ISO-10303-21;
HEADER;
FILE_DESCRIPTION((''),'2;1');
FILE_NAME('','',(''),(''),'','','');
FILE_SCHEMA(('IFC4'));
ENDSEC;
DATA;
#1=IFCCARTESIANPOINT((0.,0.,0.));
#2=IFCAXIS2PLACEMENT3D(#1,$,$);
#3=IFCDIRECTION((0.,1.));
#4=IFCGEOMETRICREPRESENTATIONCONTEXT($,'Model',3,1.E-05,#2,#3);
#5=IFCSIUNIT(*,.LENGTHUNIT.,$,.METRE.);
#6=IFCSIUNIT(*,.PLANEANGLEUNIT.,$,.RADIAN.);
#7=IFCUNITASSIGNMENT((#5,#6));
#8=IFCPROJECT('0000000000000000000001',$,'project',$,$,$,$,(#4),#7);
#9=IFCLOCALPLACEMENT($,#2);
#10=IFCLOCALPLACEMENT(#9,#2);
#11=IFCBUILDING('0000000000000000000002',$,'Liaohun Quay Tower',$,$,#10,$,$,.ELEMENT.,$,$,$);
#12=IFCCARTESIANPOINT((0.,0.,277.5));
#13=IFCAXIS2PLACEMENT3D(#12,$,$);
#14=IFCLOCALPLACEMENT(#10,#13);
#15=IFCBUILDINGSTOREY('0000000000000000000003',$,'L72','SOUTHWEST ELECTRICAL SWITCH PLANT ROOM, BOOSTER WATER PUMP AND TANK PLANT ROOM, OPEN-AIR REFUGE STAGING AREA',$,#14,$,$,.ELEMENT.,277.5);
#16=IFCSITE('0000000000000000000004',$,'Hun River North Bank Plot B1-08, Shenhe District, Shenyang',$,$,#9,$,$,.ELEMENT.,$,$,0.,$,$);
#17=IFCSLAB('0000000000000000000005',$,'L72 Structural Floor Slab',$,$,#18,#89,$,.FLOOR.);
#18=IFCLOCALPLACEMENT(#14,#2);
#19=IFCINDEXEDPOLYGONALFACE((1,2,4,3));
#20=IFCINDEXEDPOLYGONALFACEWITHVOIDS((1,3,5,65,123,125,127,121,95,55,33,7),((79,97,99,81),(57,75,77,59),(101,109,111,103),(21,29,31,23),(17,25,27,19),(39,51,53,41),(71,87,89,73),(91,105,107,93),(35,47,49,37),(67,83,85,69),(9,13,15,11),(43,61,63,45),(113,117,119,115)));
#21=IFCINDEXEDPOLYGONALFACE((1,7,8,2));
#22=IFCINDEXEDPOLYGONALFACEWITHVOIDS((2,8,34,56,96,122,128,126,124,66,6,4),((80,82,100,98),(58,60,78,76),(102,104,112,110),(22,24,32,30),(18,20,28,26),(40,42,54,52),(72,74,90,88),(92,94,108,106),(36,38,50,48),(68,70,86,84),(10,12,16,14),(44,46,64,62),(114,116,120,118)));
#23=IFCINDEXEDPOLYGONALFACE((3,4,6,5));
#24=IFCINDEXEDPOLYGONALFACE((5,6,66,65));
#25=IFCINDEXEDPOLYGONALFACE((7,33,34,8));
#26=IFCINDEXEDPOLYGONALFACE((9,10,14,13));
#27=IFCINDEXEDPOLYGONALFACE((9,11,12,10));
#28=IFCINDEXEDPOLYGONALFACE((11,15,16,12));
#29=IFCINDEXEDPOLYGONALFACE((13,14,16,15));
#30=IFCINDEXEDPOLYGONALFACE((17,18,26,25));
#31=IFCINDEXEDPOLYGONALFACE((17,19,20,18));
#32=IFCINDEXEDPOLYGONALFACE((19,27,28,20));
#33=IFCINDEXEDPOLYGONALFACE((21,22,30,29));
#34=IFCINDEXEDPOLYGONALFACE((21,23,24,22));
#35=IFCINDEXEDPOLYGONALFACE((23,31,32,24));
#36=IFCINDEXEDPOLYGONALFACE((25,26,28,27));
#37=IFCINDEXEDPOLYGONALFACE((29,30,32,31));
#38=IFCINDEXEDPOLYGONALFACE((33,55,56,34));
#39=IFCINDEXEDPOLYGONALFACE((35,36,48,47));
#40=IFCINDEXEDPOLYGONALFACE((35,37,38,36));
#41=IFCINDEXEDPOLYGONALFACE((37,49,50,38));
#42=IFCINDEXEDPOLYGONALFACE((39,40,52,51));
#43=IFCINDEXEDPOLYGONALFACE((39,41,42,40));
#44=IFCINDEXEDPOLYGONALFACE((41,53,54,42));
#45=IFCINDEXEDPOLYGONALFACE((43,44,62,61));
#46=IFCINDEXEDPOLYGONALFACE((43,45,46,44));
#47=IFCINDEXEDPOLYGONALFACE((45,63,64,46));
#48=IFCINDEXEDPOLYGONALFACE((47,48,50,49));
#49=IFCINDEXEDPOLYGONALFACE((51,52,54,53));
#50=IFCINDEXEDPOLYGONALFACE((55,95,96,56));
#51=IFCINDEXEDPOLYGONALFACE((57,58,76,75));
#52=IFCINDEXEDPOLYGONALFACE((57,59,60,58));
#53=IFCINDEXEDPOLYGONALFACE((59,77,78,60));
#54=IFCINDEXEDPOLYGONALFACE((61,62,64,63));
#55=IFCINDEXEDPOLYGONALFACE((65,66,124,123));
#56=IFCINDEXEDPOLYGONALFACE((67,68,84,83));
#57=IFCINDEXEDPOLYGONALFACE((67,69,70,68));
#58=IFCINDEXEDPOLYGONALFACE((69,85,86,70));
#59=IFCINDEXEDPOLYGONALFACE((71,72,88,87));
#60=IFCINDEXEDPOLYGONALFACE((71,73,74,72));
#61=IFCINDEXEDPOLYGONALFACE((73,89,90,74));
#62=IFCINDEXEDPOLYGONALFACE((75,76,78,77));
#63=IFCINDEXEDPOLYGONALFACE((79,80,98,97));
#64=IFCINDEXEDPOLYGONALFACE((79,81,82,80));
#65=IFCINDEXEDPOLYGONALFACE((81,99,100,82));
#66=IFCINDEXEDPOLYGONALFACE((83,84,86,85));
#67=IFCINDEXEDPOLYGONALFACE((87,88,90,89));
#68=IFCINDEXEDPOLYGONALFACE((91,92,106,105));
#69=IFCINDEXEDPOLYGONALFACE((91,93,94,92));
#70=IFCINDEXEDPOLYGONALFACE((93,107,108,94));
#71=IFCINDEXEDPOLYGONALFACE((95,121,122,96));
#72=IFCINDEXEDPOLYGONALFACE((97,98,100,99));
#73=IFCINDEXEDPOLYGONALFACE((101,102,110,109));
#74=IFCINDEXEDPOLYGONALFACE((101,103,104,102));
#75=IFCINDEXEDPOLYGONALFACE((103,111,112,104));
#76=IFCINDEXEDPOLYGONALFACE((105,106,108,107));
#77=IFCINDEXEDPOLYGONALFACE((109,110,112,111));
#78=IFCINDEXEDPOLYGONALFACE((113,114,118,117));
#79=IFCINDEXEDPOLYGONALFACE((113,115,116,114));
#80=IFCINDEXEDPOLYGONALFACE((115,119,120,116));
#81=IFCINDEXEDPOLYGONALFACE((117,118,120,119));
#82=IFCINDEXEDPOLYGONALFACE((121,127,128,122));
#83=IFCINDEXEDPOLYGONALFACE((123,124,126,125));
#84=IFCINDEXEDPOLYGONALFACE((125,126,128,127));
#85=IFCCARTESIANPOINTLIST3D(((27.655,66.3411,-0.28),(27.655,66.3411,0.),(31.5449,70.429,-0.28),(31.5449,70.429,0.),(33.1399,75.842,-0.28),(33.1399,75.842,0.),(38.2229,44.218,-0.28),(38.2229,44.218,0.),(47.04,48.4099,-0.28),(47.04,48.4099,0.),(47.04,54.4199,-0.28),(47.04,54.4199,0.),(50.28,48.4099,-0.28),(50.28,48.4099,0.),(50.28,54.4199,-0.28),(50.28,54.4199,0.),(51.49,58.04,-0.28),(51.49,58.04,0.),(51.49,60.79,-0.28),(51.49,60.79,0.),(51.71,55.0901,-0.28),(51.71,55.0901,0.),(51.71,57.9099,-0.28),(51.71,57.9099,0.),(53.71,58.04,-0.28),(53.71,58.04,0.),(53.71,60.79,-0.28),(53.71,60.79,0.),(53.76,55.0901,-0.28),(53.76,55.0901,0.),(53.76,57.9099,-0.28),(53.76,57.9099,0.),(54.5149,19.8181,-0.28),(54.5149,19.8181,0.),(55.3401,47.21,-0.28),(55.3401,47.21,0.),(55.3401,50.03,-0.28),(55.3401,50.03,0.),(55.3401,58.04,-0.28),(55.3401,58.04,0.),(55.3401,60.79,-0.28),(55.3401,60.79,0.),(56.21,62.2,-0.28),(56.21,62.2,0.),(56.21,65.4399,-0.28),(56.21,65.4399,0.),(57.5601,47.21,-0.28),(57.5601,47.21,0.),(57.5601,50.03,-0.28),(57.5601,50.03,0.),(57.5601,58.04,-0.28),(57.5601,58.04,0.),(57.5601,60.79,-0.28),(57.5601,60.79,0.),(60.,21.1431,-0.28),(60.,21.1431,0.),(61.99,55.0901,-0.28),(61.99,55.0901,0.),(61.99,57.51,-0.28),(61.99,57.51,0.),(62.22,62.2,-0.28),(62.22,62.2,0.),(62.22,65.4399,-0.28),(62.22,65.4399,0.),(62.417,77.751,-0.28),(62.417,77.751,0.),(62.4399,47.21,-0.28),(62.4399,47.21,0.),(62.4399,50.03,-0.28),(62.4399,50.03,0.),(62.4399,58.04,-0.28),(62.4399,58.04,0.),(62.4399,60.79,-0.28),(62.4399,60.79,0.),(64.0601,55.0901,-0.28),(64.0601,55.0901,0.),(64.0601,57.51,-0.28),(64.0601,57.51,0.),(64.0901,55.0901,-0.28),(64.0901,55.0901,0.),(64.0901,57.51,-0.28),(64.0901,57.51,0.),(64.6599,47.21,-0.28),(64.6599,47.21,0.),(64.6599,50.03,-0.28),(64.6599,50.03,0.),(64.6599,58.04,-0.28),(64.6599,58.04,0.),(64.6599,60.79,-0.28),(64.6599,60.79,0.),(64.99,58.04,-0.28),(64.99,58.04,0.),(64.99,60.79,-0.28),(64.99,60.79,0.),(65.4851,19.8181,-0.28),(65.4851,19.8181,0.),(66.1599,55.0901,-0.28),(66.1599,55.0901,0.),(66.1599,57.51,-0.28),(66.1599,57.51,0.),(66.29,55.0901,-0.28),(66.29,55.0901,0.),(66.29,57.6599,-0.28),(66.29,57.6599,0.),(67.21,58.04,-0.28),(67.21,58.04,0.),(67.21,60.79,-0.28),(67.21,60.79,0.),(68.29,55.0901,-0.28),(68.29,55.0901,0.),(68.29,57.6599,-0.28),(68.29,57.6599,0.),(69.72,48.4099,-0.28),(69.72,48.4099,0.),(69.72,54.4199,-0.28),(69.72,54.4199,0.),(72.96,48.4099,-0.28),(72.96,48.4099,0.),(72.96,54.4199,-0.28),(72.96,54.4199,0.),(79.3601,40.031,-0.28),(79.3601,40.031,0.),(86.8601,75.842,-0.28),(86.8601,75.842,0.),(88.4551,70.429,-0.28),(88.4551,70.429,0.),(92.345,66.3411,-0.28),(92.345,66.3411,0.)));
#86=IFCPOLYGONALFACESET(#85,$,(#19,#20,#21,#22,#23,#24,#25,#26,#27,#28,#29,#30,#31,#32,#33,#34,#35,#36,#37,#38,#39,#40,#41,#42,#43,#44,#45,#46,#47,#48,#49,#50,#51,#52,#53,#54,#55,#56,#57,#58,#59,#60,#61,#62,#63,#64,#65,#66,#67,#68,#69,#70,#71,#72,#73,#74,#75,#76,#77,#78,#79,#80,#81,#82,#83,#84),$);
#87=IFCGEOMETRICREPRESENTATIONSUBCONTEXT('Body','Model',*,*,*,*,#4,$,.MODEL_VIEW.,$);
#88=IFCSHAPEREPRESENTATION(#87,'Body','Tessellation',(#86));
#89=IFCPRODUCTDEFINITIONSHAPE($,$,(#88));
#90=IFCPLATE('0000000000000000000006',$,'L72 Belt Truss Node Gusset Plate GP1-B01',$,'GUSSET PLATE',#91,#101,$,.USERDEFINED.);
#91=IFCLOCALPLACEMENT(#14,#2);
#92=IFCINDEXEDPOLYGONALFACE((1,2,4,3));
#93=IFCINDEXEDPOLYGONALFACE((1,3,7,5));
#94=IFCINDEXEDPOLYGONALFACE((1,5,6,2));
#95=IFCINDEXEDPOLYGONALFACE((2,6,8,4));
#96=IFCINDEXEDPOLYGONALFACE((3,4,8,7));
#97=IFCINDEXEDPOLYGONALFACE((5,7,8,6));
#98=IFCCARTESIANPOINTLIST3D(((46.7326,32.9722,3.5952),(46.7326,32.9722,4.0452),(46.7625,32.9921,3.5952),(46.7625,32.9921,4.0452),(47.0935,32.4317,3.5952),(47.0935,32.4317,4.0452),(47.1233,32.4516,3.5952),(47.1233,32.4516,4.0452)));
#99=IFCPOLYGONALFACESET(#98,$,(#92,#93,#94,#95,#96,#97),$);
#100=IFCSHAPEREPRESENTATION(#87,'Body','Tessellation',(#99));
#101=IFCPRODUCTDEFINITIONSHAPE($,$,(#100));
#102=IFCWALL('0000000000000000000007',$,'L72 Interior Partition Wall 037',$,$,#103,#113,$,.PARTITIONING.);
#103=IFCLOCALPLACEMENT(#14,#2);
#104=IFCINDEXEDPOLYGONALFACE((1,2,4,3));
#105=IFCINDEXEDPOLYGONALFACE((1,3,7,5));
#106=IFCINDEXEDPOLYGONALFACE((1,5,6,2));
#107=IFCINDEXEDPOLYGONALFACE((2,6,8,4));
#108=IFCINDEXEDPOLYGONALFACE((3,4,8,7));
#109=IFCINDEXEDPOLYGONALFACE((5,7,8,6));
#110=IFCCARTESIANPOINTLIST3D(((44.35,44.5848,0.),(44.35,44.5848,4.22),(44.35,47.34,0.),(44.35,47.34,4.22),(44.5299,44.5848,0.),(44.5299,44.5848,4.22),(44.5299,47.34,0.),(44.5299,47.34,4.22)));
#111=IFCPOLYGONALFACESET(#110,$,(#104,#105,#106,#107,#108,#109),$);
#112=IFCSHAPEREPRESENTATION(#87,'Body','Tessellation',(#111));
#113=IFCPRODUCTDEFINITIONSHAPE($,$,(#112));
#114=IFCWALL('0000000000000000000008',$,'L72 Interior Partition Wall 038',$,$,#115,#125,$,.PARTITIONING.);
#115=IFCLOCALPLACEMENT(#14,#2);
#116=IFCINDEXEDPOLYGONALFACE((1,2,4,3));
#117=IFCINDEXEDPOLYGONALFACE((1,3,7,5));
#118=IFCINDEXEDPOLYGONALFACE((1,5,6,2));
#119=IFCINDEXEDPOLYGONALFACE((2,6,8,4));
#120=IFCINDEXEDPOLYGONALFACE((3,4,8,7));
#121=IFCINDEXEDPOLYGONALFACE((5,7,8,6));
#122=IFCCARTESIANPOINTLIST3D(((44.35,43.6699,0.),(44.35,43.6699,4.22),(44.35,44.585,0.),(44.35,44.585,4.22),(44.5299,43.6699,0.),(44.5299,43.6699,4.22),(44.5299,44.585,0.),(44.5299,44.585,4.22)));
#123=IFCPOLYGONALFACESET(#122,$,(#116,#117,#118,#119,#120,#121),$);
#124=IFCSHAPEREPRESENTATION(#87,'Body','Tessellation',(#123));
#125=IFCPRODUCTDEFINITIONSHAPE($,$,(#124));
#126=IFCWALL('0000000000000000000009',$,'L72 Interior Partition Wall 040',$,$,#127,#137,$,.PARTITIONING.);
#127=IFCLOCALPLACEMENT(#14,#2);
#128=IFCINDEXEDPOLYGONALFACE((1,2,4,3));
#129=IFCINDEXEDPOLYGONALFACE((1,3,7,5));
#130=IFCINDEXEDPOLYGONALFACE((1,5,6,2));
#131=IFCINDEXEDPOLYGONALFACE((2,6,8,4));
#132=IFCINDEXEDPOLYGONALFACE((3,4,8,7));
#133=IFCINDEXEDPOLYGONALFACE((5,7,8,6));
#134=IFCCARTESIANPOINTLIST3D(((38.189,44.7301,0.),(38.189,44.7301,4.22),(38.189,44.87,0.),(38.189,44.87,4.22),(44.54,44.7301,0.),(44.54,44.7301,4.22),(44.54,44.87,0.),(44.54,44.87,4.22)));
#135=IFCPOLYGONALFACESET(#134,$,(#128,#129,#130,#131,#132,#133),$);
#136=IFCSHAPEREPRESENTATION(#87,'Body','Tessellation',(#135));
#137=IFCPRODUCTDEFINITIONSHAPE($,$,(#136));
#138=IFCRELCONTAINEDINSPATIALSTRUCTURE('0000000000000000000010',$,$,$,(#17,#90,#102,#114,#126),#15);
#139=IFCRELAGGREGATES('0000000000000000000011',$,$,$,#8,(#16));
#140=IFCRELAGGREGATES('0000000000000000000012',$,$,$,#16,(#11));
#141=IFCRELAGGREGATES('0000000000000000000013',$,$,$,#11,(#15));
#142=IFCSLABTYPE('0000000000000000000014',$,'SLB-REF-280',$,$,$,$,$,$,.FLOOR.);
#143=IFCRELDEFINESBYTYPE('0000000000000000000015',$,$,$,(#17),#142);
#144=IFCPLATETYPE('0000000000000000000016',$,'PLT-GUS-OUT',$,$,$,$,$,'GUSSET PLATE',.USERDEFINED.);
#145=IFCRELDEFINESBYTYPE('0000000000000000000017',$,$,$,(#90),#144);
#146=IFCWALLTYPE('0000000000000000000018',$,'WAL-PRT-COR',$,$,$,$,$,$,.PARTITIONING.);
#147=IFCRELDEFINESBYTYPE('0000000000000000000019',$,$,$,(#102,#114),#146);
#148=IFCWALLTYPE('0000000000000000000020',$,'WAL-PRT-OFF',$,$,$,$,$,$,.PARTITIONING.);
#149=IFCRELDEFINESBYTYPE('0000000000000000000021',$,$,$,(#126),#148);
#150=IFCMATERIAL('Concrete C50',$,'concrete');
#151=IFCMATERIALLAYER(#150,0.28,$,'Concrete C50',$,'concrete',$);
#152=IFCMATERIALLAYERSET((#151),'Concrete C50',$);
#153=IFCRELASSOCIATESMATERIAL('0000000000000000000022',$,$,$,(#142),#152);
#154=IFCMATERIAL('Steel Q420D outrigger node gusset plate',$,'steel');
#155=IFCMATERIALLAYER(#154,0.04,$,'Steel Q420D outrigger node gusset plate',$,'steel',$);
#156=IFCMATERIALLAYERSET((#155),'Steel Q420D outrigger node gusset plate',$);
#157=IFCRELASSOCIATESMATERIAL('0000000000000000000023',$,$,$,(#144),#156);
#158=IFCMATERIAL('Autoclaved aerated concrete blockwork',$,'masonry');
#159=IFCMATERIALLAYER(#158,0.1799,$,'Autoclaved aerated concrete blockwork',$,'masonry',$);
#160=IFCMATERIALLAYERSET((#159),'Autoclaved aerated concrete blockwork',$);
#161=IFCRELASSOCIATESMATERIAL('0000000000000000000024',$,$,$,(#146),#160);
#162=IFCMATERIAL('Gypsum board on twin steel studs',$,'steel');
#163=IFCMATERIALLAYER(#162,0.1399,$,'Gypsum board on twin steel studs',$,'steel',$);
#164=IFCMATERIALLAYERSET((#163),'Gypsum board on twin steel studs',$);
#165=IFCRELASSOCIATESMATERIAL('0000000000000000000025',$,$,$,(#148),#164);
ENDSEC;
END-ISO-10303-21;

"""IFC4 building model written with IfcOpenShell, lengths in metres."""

from ifc_helpers import new_model, si_unit, direction, frame, frame_2d, origin, origin_2d, place, context, subcontext, project, spatial, polyline, rectangle, outline, extrude, source, transform, mapped, material, layer, layer_set, type_object, element, save


model = new_model("IFC4")

# Units and contexts
model_context = context("Model", 3, precision=1e-05, world=origin(), true_north=direction((0.0, 1.0)))
body_context = subcontext(model_context, "Body", "Model", "MODEL_VIEW")
ifc_project = project(units=[si_unit("LENGTHUNIT", "METRE"), si_unit("PLANEANGLEUNIT", "RADIAN")], contexts=[model_context])

# Site, building, storey
site_placement = place(None, origin())
site = spatial("IfcSite", under=ifc_project, at=site_placement, Name="Hun River North Bank Plot B1-08, Shenhe District, Shenyang", CompositionType="ELEMENT", RefElevation=0.0)
building_placement = place(site_placement, origin())
building = spatial("IfcBuilding", under=site, at=building_placement, Name="Liaohun Quay Tower", CompositionType="ELEMENT")
storey_placement = place(building_placement, frame((0.0, 0.0, 277.5)))
storey = spatial("IfcBuildingStorey", under=building, at=storey_placement, Name="L72", Description="SOUTHWEST ELECTRICAL SWITCH PLANT ROOM, BOOSTER WATER PUMP AND TANK PLANT ROOM, OPEN-AIR REFUGE STAGING AREA", CompositionType="ELEMENT", Elevation=277.5)

# Slab
ifc_material_1 = material(Name="Concrete C50", Category="concrete")
ifc_layer_1 = layer(ifc_material_1, 0.28, Name="Concrete C50", Category="concrete")
ifc_layer_set_1 = layer_set([ifc_layer_1], Name="Concrete C50")
slab_type_1 = type_object("IfcSlabType", Name="SLB-REF-280", PredefinedType="FLOOR", material=ifc_layer_set_1)
slab_1_placement = place(storey_placement, frame((0.0, 0.0, -0.28)))
element("IfcSlab", 1, at=slab_1_placement, inside=storey, type_object=slab_type_1, Name="L72 Structural Floor Slab", PredefinedType="FLOOR", context=body_context, shape_type="SweptSolid", body=[
    extrude(outline(polyline([(54.5149, 19.8181), (60.0, 21.1431), (65.4851, 19.8181), (79.3601, 40.031), (92.345, 66.3411), (88.4551, 70.429), (86.8601, 75.842), (62.417, 77.751), (33.1399, 75.842), (31.5449, 70.429), (27.655, 66.3411), (38.2229, 44.218), (54.5149, 19.8181)]), holes=[polyline([(57.5601, 50.03), (55.3401, 50.03), (55.3401, 47.21), (57.5601, 47.21), (57.5601, 50.03)]), polyline([(50.28, 54.4199), (47.04, 54.4199), (47.04, 48.4099), (50.28, 48.4099), (50.28, 54.4199)]), polyline([(64.0601, 55.0901), (64.0601, 57.51), (61.99, 57.51), (61.99, 55.0901), (64.0601, 55.0901)]), polyline([(53.76, 57.9099), (51.71, 57.9099), (51.71, 55.0901), (53.76, 55.0901), (53.76, 57.9099)]), polyline([(53.71, 58.04), (53.71, 60.79), (51.49, 60.79), (51.49, 58.04), (53.71, 58.04)]), polyline([(57.5601, 58.04), (57.5601, 60.79), (55.3401, 60.79), (55.3401, 58.04), (57.5601, 58.04)]), polyline([(62.22, 65.4399), (56.21, 65.4399), (56.21, 62.2), (62.22, 62.2), (62.22, 65.4399)]), polyline([(64.6599, 47.21), (64.6599, 50.03), (62.4399, 50.03), (62.4399, 47.21), (64.6599, 47.21)]), polyline([(72.96, 54.4199), (69.72, 54.4199), (69.72, 48.4099), (72.96, 48.4099), (72.96, 54.4199)]), polyline([(66.1599, 55.0901), (66.1599, 57.51), (64.0901, 57.51), (64.0901, 55.0901), (66.1599, 55.0901)]), polyline([(68.29, 55.0901), (68.29, 57.6599), (66.29, 57.6599), (66.29, 55.0901), (68.29, 55.0901)]), polyline([(64.6599, 58.04), (64.6599, 60.79), (62.4399, 60.79), (62.4399, 58.04), (64.6599, 58.04)]), polyline([(67.21, 58.04), (67.21, 60.79), (64.99, 60.79), (64.99, 58.04), (67.21, 58.04)])]), origin(), (0.0, 0.0, 1.0), 0.28),
])

# Plate
ifc_material_2 = material(Name="Steel Q420D outrigger node gusset plate", Category="steel")
ifc_layer_2 = layer(ifc_material_2, 0.04, Name="Steel Q420D outrigger node gusset plate", Category="steel")
ifc_layer_set_2 = layer_set([ifc_layer_2], Name="Steel Q420D outrigger node gusset plate")
plate_type = type_object("IfcPlateType", Name="PLT-GUS-OUT", ElementType="GUSSET PLATE", PredefinedType="USERDEFINED", material=ifc_layer_set_2)
shared_shape_1 = source(origin(), body_context, "Body", "SweptSolid", [
    extrude(rectangle(XDim=0.6499, YDim=0.0359, at=origin_2d()), origin(), (0.0, 0.0, 1.0), 0.45),
])
plate_placement = place(storey_placement, frame((46.928, 32.7119, 3.5952), z_axis=(0.0, 0.0, 1.0), x_axis=(-0.55528, 0.831663, 0.0)))
element("IfcPlate", 2, at=plate_placement, inside=storey, type_object=plate_type, Name="L72 Belt Truss Node Gusset Plate GP1-B01", ObjectType="GUSSET PLATE", PredefinedType="USERDEFINED", context=body_context, shape_type="MappedRepresentation", body=[
    mapped(shared_shape_1, transform((0.0, 0.0, 0.0), x_axis=(1.0, 0.0, 0.0), y_axis=(0.0, 1.0, 0.0), z_axis=(0.0, 0.0, 1.0), scale=1.0)),
])

# Walls
ifc_material_3 = material(Name="Autoclaved aerated concrete blockwork", Category="masonry")
ifc_layer_3 = layer(ifc_material_3, 0.1799, Name="Autoclaved aerated concrete blockwork", Category="masonry")
ifc_layer_set_3 = layer_set([ifc_layer_3], Name="Autoclaved aerated concrete blockwork")
wall_type_1 = type_object("IfcWallType", Name="WAL-PRT-COR", PredefinedType="PARTITIONING", material=ifc_layer_set_3)
wall_1_placement = place(storey_placement, frame((44.4399, 44.585, 0.0), z_axis=(0.0, 0.0, 1.0), x_axis=(0.0, 1.0, 0.0)))
element("IfcWall", 3, at=wall_1_placement, inside=storey, type_object=wall_type_1, Name="L72 Interior Partition Wall 037", PredefinedType="PARTITIONING", context=body_context, shape_type="SweptSolid", body=[
    extrude(rectangle(XDim=2.7551, YDim=0.1799, at=frame_2d((1.3774, 0.0))), origin(), (0.0, 0.0, 1.0), 4.22),
])
wall_2_placement = place(storey_placement, frame((44.4399, 43.6699, 0.0), z_axis=(0.0, 0.0, 1.0), x_axis=(0.0, 1.0, 0.0)))
element("IfcWall", 4, at=wall_2_placement, inside=storey, type_object=wall_type_1, Name="L72 Interior Partition Wall 038", PredefinedType="PARTITIONING", context=body_context, shape_type="SweptSolid", body=[
    extrude(rectangle(XDim=0.915, YDim=0.1799, at=frame_2d((0.4575, 0.0))), origin(), (0.0, 0.0, 1.0), 4.22),
])
ifc_material_4 = material(Name="Gypsum board on twin steel studs", Category="steel")
ifc_layer_4 = layer(ifc_material_4, 0.1399, Name="Gypsum board on twin steel studs", Category="steel")
ifc_layer_set_4 = layer_set([ifc_layer_4], Name="Gypsum board on twin steel studs")
wall_type_2 = type_object("IfcWallType", Name="WAL-PRT-OFF", PredefinedType="PARTITIONING", material=ifc_layer_set_4)
wall_3_placement = place(storey_placement, frame((44.54, 44.8, 0.0), z_axis=(0.0, 0.0, 1.0), x_axis=(-1.0, 0.0, 0.0)))
element("IfcWall", 5, at=wall_3_placement, inside=storey, type_object=wall_type_2, Name="L72 Interior Partition Wall 040", PredefinedType="PARTITIONING", context=body_context, shape_type="SweptSolid", body=[
    extrude(rectangle(XDim=6.3511, YDim=0.1399, at=frame_2d((3.1755, 0.0))), origin(), (0.0, 0.0, 1.0), 4.22),
])

save(model, "model.ifc")
